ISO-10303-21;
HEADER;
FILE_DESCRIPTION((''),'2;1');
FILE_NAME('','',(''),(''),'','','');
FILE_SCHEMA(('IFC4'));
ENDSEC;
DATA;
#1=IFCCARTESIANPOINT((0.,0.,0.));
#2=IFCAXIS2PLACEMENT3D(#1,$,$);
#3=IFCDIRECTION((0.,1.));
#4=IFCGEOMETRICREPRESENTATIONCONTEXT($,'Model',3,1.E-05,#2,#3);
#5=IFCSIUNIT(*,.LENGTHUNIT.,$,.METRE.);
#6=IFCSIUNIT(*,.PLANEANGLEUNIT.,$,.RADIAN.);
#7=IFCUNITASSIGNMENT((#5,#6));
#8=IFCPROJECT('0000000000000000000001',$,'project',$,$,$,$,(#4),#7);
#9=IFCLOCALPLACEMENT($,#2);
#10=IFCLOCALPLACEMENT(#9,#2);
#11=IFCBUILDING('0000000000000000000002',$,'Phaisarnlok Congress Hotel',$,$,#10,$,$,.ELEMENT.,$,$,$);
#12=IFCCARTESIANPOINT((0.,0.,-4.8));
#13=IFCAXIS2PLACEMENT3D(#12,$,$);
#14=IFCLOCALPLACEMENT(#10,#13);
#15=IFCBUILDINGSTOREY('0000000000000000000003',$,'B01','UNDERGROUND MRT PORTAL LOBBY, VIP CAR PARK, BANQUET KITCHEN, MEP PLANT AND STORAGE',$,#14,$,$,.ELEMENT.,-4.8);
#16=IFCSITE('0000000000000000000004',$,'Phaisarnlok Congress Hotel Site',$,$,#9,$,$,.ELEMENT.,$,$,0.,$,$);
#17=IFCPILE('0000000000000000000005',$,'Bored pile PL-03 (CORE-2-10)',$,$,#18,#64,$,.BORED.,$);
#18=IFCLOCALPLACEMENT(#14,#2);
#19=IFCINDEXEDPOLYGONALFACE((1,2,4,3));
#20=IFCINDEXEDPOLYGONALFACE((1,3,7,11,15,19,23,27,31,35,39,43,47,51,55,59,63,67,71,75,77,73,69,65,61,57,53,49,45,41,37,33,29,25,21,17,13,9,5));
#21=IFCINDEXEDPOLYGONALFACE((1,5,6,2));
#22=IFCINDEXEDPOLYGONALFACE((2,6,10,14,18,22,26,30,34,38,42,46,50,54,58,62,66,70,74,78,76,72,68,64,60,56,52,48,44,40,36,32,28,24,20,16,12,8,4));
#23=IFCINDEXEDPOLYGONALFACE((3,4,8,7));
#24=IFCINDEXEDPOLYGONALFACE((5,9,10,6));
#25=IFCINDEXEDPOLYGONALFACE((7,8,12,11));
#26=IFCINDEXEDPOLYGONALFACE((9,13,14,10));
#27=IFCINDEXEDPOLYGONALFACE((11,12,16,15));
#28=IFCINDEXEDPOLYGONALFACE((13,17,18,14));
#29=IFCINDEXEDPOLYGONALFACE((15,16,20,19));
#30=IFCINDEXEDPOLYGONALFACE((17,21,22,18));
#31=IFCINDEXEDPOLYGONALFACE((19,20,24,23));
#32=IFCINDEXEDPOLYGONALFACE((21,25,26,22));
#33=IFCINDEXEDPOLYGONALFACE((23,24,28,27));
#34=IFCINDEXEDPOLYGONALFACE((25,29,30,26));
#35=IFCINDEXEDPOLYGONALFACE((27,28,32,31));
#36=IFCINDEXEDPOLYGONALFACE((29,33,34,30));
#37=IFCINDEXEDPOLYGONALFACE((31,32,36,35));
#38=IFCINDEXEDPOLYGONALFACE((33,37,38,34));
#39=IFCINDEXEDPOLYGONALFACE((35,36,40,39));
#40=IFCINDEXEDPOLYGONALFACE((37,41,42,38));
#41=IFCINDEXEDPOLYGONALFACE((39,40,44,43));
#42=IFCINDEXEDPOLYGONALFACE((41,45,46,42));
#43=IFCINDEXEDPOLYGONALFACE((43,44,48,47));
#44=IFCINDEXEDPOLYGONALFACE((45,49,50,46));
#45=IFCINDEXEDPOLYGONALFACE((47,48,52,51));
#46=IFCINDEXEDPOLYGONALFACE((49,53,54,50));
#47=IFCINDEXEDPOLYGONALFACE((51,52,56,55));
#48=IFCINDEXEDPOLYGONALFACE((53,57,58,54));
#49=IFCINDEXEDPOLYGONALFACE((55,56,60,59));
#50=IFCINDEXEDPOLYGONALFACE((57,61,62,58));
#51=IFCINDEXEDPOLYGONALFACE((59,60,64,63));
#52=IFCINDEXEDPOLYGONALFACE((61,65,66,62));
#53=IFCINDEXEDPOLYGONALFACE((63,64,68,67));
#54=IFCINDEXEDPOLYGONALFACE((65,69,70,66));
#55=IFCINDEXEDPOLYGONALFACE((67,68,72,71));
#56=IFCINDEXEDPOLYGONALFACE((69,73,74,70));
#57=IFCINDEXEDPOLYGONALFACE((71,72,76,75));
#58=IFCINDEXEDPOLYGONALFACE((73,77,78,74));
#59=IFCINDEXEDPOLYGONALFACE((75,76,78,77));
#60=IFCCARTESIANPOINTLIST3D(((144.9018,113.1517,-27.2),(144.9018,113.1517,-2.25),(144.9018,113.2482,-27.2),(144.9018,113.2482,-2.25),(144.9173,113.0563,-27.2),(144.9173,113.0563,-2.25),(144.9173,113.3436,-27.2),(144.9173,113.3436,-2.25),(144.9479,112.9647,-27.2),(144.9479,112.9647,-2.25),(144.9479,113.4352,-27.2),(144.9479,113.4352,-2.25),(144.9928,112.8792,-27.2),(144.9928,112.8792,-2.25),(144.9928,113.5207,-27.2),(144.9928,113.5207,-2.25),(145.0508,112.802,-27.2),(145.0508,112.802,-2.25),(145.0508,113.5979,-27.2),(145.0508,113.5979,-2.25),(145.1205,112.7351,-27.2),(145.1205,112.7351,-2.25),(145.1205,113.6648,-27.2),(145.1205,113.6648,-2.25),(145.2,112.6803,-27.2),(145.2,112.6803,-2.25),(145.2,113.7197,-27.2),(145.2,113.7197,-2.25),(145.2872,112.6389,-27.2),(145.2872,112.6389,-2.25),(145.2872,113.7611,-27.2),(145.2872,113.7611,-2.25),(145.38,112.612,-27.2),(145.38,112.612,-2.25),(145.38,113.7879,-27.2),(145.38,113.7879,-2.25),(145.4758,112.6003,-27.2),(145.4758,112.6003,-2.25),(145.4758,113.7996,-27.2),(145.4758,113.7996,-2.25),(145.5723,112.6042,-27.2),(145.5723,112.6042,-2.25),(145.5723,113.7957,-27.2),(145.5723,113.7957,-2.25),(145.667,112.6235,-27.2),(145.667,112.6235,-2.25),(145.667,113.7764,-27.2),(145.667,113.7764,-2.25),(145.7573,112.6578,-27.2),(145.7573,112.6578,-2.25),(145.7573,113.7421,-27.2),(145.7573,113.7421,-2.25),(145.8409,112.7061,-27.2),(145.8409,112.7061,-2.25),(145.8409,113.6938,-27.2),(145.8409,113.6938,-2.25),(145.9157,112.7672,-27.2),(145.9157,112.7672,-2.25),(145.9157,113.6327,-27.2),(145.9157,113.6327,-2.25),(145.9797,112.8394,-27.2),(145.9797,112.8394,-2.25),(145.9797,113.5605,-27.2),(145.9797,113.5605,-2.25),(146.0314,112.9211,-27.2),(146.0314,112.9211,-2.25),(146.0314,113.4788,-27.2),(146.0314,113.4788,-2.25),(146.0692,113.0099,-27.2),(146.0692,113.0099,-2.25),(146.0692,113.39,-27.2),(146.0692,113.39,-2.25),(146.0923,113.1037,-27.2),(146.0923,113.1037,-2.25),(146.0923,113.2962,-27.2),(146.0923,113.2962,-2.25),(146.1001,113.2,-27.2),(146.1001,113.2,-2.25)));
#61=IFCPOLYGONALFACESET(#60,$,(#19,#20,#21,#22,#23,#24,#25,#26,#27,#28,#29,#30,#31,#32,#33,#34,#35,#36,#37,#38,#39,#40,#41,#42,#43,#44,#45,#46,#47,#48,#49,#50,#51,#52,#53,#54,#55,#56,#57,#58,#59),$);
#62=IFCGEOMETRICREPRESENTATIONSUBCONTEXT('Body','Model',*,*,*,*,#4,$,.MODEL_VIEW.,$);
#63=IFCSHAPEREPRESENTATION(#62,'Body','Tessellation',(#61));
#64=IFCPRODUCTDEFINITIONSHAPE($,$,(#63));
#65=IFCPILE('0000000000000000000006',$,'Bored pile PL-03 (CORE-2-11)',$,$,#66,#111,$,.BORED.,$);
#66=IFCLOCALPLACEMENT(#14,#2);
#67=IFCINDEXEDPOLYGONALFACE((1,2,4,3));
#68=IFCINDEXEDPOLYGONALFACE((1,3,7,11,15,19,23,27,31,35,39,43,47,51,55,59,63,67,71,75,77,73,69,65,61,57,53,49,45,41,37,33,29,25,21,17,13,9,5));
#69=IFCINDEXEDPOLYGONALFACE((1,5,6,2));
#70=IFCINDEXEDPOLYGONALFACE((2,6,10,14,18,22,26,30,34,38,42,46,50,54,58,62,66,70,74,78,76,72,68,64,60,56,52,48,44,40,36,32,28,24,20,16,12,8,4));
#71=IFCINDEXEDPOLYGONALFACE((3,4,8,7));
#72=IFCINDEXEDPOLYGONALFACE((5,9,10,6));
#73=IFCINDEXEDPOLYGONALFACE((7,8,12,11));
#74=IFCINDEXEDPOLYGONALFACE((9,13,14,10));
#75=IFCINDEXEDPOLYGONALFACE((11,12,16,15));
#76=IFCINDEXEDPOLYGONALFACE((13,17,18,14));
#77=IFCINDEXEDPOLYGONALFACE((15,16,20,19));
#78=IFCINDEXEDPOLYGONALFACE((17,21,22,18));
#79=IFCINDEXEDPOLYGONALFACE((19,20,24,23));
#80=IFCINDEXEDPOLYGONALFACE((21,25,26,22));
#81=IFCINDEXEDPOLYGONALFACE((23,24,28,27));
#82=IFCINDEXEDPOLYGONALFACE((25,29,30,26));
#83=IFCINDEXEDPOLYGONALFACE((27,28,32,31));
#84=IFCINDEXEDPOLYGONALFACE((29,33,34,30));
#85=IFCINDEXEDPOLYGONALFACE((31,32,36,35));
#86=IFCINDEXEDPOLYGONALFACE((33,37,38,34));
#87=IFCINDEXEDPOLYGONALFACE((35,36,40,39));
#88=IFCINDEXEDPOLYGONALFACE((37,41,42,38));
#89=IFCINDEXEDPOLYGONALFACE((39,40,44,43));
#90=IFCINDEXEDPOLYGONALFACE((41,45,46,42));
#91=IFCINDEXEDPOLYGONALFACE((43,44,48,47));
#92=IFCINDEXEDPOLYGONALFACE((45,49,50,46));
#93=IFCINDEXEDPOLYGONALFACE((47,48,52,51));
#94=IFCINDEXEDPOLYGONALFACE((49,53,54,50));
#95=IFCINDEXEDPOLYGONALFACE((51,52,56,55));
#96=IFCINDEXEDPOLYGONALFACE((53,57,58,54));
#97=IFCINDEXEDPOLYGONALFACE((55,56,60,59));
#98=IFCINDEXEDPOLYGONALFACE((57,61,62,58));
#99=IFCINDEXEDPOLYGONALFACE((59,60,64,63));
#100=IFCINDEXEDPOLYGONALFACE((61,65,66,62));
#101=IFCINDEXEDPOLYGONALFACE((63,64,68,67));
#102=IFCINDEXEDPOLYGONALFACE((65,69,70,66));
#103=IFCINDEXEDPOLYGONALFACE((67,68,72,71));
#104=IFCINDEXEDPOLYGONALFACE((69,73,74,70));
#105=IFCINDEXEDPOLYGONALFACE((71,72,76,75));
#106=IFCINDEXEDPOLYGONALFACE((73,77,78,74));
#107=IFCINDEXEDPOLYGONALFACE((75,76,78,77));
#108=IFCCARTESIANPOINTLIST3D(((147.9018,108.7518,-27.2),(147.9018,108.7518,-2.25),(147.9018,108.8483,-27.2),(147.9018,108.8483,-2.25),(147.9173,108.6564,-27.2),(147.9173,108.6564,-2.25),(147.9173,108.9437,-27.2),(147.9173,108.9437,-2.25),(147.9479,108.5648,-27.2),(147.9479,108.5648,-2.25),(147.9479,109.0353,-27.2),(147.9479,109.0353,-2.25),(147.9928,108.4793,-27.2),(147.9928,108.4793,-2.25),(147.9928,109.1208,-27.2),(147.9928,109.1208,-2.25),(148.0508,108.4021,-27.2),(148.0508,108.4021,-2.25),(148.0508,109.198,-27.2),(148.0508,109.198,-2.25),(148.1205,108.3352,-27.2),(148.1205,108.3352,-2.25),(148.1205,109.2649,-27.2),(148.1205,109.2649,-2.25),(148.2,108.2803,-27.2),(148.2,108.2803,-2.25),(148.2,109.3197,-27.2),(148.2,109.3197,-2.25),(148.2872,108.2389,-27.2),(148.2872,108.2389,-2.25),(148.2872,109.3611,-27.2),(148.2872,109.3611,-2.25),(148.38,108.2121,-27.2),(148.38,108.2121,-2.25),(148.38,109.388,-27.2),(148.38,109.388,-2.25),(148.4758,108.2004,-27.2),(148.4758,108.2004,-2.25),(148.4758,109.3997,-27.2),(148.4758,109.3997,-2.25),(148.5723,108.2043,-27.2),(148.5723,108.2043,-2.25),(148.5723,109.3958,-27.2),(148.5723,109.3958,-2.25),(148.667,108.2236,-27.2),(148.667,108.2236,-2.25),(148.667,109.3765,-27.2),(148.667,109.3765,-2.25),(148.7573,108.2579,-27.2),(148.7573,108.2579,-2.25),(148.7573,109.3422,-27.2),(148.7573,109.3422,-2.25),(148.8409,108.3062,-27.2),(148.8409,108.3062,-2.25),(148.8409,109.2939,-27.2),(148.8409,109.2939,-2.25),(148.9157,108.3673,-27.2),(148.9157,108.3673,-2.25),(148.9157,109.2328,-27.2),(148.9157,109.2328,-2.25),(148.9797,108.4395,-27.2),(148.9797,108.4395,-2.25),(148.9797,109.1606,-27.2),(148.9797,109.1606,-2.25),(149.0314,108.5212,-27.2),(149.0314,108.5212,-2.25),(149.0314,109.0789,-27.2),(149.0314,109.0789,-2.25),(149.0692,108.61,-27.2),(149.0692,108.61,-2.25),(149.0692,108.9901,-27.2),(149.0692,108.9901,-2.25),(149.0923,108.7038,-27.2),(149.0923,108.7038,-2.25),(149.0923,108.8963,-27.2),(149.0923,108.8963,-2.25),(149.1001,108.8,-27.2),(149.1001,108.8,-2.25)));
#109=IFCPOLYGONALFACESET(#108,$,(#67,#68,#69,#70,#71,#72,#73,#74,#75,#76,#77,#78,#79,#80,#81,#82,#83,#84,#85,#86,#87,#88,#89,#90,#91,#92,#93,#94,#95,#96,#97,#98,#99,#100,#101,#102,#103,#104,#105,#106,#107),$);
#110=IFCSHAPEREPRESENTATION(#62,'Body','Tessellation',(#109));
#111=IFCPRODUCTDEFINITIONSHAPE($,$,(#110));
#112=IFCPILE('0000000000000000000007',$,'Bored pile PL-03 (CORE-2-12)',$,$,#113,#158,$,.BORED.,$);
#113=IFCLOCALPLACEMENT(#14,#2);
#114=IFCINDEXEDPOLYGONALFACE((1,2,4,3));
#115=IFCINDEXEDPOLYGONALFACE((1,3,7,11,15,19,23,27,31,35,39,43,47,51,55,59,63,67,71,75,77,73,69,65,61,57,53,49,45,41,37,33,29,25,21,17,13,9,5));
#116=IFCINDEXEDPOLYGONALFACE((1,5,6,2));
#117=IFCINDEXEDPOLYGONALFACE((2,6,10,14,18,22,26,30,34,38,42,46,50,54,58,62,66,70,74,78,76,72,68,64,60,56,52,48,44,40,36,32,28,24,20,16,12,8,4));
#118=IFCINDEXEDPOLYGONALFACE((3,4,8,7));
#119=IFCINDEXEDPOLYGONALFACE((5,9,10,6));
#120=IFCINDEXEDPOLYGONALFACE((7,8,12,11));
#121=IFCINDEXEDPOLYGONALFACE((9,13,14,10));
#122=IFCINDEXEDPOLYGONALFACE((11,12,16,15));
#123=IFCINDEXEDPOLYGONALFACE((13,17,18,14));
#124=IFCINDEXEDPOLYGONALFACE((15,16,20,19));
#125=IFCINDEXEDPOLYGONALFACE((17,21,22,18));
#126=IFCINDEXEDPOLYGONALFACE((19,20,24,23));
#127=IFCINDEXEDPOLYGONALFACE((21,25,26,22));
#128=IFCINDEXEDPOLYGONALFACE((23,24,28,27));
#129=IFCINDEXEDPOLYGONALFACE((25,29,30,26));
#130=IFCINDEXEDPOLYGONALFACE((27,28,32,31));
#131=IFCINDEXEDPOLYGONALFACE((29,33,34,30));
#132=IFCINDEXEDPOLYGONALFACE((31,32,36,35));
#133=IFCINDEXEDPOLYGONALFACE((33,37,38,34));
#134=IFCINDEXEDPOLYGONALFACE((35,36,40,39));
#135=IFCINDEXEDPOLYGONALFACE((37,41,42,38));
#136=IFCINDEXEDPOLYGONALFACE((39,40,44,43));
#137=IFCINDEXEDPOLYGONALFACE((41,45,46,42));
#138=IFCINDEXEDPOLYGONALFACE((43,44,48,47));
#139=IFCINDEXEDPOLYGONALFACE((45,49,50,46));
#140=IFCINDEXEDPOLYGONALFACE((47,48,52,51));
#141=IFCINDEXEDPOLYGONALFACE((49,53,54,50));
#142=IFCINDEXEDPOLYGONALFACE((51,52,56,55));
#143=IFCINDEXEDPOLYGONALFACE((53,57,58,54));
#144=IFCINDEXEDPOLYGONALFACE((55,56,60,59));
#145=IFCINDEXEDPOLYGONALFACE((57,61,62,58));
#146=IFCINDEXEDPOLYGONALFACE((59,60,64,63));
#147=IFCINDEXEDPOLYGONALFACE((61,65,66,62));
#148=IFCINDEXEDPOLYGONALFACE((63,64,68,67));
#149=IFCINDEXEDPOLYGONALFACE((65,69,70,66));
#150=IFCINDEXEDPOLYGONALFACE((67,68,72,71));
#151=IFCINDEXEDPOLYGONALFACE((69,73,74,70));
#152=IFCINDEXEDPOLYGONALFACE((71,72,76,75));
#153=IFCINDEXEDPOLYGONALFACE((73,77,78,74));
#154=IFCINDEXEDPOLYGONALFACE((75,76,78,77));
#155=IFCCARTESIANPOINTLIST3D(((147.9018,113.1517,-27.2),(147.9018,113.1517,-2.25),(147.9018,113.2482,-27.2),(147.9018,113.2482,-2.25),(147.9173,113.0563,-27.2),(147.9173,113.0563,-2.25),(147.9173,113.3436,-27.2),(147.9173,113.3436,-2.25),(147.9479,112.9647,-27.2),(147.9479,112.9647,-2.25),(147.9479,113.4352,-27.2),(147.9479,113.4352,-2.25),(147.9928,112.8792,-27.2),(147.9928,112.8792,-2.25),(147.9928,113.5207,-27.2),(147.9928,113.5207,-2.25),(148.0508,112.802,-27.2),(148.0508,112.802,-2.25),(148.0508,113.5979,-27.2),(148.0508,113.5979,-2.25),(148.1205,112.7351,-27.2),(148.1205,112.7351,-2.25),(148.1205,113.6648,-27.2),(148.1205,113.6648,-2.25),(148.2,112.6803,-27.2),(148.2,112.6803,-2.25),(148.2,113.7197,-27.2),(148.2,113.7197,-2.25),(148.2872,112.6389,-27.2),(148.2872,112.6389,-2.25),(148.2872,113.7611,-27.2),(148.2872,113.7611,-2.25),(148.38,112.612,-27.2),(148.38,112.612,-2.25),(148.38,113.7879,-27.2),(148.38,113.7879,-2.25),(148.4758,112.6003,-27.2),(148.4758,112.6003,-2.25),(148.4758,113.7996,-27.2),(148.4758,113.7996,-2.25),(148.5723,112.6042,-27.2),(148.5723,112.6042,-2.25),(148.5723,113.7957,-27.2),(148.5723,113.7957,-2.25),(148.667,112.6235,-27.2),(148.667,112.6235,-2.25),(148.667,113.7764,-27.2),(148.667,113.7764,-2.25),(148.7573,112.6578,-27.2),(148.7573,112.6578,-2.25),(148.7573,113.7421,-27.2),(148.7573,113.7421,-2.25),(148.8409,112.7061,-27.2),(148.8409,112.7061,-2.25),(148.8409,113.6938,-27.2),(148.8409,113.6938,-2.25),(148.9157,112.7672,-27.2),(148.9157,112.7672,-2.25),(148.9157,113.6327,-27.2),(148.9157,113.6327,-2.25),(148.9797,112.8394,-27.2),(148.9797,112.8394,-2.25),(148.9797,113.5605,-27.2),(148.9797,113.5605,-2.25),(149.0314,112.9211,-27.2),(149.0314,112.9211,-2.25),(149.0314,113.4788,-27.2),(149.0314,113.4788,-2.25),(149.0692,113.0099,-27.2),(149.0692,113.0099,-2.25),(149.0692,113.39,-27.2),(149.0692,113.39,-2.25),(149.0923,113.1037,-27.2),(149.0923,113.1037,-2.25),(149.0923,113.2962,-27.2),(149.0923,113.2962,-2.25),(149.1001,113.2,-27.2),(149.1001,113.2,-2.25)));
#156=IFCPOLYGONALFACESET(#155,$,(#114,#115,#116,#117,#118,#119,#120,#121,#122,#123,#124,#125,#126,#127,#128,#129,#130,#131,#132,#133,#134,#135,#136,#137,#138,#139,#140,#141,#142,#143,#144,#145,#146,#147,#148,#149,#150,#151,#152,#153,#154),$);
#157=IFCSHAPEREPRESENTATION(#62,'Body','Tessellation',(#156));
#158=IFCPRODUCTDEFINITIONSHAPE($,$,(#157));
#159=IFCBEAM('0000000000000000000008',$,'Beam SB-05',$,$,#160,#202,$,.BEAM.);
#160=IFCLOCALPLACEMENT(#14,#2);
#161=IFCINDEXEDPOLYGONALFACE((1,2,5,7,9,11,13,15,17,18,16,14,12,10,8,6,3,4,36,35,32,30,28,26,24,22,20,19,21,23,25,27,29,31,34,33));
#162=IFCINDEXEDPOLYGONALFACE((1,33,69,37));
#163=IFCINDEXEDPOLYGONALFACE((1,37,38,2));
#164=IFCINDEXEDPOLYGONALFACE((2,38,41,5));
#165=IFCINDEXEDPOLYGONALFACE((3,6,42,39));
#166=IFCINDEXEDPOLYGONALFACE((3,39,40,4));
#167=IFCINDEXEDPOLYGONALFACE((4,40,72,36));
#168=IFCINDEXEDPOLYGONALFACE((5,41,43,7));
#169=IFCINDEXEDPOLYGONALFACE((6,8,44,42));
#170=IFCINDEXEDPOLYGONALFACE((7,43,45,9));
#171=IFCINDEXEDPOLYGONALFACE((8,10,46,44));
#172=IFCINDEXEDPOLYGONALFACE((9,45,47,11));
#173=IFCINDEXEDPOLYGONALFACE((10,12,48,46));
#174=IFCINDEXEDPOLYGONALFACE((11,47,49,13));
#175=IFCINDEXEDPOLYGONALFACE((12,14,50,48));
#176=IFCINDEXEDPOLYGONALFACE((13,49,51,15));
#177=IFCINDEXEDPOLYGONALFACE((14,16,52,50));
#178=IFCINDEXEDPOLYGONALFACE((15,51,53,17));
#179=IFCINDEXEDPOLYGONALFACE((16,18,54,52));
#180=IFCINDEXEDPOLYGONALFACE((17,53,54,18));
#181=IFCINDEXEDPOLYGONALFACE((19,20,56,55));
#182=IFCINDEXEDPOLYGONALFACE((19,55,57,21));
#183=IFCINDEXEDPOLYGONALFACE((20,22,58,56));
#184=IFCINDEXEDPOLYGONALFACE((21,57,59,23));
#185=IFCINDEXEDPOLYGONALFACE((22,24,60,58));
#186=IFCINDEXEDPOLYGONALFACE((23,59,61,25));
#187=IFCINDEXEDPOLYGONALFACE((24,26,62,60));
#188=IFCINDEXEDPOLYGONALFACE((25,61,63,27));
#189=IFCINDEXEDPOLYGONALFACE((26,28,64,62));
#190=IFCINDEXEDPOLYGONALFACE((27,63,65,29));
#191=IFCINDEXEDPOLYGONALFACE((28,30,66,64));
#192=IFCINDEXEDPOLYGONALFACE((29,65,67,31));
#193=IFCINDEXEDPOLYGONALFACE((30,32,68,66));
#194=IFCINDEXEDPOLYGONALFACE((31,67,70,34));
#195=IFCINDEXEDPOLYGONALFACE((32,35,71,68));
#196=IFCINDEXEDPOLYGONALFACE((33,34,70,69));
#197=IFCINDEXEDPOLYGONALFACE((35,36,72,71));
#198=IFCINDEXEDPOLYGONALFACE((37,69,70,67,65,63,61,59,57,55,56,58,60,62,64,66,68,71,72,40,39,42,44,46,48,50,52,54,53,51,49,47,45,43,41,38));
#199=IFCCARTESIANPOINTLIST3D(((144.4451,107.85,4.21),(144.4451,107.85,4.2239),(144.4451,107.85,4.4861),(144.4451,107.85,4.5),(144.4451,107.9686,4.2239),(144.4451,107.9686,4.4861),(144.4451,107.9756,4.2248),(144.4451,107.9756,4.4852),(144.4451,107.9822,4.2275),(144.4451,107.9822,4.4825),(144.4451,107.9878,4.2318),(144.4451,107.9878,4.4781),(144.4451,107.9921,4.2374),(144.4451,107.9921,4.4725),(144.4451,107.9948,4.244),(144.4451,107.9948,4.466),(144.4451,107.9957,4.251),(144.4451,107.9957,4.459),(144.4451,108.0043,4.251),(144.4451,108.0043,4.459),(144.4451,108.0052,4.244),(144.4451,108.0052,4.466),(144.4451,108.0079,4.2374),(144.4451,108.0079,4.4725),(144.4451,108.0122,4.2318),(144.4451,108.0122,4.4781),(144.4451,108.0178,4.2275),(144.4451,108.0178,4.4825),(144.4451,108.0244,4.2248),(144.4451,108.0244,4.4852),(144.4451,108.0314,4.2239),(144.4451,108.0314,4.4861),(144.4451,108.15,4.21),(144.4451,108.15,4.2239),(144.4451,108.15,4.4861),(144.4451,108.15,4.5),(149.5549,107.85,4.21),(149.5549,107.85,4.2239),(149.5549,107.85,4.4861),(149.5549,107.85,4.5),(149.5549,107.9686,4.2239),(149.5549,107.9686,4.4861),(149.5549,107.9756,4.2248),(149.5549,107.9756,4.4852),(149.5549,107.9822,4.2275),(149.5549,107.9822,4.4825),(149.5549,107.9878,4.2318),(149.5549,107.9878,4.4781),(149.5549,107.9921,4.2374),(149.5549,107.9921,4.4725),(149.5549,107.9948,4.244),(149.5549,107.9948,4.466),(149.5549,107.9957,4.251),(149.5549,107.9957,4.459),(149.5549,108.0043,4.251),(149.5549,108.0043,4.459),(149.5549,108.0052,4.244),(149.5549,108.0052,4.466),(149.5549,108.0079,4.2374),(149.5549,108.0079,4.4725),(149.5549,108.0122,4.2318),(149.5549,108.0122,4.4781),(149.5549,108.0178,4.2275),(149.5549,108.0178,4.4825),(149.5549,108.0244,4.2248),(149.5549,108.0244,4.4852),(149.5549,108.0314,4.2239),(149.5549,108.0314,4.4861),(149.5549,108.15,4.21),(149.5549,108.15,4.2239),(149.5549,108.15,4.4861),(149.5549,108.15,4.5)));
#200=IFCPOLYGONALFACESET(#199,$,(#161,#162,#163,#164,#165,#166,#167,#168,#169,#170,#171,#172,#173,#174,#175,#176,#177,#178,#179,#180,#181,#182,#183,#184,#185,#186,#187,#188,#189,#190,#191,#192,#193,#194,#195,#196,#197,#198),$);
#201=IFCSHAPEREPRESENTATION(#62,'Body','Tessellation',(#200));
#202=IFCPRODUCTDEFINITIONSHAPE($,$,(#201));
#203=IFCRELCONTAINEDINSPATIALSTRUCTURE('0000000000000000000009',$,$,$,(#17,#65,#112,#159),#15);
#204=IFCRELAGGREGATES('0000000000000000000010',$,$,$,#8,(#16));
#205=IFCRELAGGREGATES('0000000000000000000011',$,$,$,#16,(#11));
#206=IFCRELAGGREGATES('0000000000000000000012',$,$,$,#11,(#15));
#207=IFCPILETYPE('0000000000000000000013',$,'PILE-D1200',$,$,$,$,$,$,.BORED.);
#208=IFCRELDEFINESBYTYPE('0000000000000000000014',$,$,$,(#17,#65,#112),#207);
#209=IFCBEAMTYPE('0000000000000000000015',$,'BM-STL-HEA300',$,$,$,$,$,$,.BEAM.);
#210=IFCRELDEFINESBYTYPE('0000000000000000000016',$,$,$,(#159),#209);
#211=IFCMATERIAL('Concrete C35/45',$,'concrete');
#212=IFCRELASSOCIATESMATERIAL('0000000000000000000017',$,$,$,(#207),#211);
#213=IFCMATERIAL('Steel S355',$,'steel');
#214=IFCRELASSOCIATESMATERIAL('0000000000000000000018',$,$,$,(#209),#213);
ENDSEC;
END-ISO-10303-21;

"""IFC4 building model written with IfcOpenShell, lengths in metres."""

from ifc_helpers import new_model, si_unit, direction, frame, origin, origin_2d, place, context, subcontext, project, spatial, circle, i_section, extrude, material, material_profile, profile_set, type_object, element, save


model = new_model("IFC4")

# Units and contexts
model_context = context("Model", 3, precision=1e-05, world=origin(), true_north=direction((0.0, 1.0)))
body_context = subcontext(model_context, "Body", "Model", "MODEL_VIEW")
ifc_project = project(units=[si_unit("LENGTHUNIT", "METRE"), si_unit("PLANEANGLEUNIT", "RADIAN")], contexts=[model_context])

# Site, building, storey
site_placement = place(None, origin())
site = spatial("IfcSite", under=ifc_project, at=site_placement, Name="Phaisarnlok Congress Hotel Site", CompositionType="ELEMENT", RefElevation=0.0)
building_placement = place(site_placement, origin())
building = spatial("IfcBuilding", under=site, at=building_placement, Name="Phaisarnlok Congress Hotel", CompositionType="ELEMENT")
storey_placement = place(building_placement, frame((0.0, 0.0, -4.8)))
storey = spatial("IfcBuildingStorey", under=building, at=storey_placement, Name="B01", Description="UNDERGROUND MRT PORTAL LOBBY, VIP CAR PARK, BANQUET KITCHEN, MEP PLANT AND STORAGE", CompositionType="ELEMENT", Elevation=-4.8)

# Piles
ifc_material_1 = material(Name="Concrete C35/45", Category="concrete")
ifc_material_profile_1 = material_profile(ifc_material_1, circle(Radius=0.6001, at=origin_2d()), Name="BORED PILE D1200")
ifc_profile_set_1 = profile_set([ifc_material_profile_1], Name="Concrete C35/45")
pile_type = type_object("IfcPileType", Name="PILE-D1200", PredefinedType="BORED", material=ifc_profile_set_1)
for number, where, z_axis, x_axis, name in (
    (1, (145.5, 113.2, -2.25), (0.0, 0.0, -1.0), (1.0, 0.0, 0.0), "Bored pile PL-03 (CORE-2-10)"),
    (2, (148.5, 108.8, -2.25), (0.0, 0.0, -1.0), (1.0, 0.0, 0.0), "Bored pile PL-03 (CORE-2-11)"),
    (3, (148.5, 113.2, -2.25), (0.0, 0.0, -1.0), (1.0, 0.0, 0.0), "Bored pile PL-03 (CORE-2-12)"),
):
    element("IfcPile", number, at=place(storey_placement, frame(where, z_axis=z_axis, x_axis=x_axis)), inside=storey, type_object=pile_type, Name=name, PredefinedType="BORED", context=body_context, shape_type="SweptSolid", body=[
        extrude(circle(Radius=0.6001, at=origin_2d()), origin(), (0.0, 0.0, 1.0), 24.95),
    ])

# Beam
ifc_material_2 = material(Name="Steel S355", Category="steel")
ifc_material_profile_2 = material_profile(ifc_material_2, i_section(OverallWidth=0.3, OverallDepth=0.29, WebThickness=0.0085, FlangeThickness=0.0139, FilletRadius=0.0271, at=origin_2d()), Name="HEA 300")
ifc_profile_set_2 = profile_set([ifc_material_profile_2], Name="Steel S355")
beam_type_1 = type_object("IfcBeamType", Name="BM-STL-HEA300", PredefinedType="BEAM", material=ifc_profile_set_2)
beam_1_placement = place(storey_placement, frame((144.4451, 108.0, 4.355), z_axis=(1.0, 0.0, 0.0), x_axis=(0.0, 1.0, 0.0)))
element("IfcBeam", 4, at=beam_1_placement, inside=storey, type_object=beam_type_1, Name="Beam SB-05", PredefinedType="BEAM", context=body_context, shape_type="SweptSolid", body=[
    extrude(i_section(OverallWidth=0.3, OverallDepth=0.29, WebThickness=0.0085, FlangeThickness=0.0139, FilletRadius=0.0271, at=origin_2d()), origin(), (0.0, 0.0, 1.0), 5.1099),
])

save(model, "model.ifc")
